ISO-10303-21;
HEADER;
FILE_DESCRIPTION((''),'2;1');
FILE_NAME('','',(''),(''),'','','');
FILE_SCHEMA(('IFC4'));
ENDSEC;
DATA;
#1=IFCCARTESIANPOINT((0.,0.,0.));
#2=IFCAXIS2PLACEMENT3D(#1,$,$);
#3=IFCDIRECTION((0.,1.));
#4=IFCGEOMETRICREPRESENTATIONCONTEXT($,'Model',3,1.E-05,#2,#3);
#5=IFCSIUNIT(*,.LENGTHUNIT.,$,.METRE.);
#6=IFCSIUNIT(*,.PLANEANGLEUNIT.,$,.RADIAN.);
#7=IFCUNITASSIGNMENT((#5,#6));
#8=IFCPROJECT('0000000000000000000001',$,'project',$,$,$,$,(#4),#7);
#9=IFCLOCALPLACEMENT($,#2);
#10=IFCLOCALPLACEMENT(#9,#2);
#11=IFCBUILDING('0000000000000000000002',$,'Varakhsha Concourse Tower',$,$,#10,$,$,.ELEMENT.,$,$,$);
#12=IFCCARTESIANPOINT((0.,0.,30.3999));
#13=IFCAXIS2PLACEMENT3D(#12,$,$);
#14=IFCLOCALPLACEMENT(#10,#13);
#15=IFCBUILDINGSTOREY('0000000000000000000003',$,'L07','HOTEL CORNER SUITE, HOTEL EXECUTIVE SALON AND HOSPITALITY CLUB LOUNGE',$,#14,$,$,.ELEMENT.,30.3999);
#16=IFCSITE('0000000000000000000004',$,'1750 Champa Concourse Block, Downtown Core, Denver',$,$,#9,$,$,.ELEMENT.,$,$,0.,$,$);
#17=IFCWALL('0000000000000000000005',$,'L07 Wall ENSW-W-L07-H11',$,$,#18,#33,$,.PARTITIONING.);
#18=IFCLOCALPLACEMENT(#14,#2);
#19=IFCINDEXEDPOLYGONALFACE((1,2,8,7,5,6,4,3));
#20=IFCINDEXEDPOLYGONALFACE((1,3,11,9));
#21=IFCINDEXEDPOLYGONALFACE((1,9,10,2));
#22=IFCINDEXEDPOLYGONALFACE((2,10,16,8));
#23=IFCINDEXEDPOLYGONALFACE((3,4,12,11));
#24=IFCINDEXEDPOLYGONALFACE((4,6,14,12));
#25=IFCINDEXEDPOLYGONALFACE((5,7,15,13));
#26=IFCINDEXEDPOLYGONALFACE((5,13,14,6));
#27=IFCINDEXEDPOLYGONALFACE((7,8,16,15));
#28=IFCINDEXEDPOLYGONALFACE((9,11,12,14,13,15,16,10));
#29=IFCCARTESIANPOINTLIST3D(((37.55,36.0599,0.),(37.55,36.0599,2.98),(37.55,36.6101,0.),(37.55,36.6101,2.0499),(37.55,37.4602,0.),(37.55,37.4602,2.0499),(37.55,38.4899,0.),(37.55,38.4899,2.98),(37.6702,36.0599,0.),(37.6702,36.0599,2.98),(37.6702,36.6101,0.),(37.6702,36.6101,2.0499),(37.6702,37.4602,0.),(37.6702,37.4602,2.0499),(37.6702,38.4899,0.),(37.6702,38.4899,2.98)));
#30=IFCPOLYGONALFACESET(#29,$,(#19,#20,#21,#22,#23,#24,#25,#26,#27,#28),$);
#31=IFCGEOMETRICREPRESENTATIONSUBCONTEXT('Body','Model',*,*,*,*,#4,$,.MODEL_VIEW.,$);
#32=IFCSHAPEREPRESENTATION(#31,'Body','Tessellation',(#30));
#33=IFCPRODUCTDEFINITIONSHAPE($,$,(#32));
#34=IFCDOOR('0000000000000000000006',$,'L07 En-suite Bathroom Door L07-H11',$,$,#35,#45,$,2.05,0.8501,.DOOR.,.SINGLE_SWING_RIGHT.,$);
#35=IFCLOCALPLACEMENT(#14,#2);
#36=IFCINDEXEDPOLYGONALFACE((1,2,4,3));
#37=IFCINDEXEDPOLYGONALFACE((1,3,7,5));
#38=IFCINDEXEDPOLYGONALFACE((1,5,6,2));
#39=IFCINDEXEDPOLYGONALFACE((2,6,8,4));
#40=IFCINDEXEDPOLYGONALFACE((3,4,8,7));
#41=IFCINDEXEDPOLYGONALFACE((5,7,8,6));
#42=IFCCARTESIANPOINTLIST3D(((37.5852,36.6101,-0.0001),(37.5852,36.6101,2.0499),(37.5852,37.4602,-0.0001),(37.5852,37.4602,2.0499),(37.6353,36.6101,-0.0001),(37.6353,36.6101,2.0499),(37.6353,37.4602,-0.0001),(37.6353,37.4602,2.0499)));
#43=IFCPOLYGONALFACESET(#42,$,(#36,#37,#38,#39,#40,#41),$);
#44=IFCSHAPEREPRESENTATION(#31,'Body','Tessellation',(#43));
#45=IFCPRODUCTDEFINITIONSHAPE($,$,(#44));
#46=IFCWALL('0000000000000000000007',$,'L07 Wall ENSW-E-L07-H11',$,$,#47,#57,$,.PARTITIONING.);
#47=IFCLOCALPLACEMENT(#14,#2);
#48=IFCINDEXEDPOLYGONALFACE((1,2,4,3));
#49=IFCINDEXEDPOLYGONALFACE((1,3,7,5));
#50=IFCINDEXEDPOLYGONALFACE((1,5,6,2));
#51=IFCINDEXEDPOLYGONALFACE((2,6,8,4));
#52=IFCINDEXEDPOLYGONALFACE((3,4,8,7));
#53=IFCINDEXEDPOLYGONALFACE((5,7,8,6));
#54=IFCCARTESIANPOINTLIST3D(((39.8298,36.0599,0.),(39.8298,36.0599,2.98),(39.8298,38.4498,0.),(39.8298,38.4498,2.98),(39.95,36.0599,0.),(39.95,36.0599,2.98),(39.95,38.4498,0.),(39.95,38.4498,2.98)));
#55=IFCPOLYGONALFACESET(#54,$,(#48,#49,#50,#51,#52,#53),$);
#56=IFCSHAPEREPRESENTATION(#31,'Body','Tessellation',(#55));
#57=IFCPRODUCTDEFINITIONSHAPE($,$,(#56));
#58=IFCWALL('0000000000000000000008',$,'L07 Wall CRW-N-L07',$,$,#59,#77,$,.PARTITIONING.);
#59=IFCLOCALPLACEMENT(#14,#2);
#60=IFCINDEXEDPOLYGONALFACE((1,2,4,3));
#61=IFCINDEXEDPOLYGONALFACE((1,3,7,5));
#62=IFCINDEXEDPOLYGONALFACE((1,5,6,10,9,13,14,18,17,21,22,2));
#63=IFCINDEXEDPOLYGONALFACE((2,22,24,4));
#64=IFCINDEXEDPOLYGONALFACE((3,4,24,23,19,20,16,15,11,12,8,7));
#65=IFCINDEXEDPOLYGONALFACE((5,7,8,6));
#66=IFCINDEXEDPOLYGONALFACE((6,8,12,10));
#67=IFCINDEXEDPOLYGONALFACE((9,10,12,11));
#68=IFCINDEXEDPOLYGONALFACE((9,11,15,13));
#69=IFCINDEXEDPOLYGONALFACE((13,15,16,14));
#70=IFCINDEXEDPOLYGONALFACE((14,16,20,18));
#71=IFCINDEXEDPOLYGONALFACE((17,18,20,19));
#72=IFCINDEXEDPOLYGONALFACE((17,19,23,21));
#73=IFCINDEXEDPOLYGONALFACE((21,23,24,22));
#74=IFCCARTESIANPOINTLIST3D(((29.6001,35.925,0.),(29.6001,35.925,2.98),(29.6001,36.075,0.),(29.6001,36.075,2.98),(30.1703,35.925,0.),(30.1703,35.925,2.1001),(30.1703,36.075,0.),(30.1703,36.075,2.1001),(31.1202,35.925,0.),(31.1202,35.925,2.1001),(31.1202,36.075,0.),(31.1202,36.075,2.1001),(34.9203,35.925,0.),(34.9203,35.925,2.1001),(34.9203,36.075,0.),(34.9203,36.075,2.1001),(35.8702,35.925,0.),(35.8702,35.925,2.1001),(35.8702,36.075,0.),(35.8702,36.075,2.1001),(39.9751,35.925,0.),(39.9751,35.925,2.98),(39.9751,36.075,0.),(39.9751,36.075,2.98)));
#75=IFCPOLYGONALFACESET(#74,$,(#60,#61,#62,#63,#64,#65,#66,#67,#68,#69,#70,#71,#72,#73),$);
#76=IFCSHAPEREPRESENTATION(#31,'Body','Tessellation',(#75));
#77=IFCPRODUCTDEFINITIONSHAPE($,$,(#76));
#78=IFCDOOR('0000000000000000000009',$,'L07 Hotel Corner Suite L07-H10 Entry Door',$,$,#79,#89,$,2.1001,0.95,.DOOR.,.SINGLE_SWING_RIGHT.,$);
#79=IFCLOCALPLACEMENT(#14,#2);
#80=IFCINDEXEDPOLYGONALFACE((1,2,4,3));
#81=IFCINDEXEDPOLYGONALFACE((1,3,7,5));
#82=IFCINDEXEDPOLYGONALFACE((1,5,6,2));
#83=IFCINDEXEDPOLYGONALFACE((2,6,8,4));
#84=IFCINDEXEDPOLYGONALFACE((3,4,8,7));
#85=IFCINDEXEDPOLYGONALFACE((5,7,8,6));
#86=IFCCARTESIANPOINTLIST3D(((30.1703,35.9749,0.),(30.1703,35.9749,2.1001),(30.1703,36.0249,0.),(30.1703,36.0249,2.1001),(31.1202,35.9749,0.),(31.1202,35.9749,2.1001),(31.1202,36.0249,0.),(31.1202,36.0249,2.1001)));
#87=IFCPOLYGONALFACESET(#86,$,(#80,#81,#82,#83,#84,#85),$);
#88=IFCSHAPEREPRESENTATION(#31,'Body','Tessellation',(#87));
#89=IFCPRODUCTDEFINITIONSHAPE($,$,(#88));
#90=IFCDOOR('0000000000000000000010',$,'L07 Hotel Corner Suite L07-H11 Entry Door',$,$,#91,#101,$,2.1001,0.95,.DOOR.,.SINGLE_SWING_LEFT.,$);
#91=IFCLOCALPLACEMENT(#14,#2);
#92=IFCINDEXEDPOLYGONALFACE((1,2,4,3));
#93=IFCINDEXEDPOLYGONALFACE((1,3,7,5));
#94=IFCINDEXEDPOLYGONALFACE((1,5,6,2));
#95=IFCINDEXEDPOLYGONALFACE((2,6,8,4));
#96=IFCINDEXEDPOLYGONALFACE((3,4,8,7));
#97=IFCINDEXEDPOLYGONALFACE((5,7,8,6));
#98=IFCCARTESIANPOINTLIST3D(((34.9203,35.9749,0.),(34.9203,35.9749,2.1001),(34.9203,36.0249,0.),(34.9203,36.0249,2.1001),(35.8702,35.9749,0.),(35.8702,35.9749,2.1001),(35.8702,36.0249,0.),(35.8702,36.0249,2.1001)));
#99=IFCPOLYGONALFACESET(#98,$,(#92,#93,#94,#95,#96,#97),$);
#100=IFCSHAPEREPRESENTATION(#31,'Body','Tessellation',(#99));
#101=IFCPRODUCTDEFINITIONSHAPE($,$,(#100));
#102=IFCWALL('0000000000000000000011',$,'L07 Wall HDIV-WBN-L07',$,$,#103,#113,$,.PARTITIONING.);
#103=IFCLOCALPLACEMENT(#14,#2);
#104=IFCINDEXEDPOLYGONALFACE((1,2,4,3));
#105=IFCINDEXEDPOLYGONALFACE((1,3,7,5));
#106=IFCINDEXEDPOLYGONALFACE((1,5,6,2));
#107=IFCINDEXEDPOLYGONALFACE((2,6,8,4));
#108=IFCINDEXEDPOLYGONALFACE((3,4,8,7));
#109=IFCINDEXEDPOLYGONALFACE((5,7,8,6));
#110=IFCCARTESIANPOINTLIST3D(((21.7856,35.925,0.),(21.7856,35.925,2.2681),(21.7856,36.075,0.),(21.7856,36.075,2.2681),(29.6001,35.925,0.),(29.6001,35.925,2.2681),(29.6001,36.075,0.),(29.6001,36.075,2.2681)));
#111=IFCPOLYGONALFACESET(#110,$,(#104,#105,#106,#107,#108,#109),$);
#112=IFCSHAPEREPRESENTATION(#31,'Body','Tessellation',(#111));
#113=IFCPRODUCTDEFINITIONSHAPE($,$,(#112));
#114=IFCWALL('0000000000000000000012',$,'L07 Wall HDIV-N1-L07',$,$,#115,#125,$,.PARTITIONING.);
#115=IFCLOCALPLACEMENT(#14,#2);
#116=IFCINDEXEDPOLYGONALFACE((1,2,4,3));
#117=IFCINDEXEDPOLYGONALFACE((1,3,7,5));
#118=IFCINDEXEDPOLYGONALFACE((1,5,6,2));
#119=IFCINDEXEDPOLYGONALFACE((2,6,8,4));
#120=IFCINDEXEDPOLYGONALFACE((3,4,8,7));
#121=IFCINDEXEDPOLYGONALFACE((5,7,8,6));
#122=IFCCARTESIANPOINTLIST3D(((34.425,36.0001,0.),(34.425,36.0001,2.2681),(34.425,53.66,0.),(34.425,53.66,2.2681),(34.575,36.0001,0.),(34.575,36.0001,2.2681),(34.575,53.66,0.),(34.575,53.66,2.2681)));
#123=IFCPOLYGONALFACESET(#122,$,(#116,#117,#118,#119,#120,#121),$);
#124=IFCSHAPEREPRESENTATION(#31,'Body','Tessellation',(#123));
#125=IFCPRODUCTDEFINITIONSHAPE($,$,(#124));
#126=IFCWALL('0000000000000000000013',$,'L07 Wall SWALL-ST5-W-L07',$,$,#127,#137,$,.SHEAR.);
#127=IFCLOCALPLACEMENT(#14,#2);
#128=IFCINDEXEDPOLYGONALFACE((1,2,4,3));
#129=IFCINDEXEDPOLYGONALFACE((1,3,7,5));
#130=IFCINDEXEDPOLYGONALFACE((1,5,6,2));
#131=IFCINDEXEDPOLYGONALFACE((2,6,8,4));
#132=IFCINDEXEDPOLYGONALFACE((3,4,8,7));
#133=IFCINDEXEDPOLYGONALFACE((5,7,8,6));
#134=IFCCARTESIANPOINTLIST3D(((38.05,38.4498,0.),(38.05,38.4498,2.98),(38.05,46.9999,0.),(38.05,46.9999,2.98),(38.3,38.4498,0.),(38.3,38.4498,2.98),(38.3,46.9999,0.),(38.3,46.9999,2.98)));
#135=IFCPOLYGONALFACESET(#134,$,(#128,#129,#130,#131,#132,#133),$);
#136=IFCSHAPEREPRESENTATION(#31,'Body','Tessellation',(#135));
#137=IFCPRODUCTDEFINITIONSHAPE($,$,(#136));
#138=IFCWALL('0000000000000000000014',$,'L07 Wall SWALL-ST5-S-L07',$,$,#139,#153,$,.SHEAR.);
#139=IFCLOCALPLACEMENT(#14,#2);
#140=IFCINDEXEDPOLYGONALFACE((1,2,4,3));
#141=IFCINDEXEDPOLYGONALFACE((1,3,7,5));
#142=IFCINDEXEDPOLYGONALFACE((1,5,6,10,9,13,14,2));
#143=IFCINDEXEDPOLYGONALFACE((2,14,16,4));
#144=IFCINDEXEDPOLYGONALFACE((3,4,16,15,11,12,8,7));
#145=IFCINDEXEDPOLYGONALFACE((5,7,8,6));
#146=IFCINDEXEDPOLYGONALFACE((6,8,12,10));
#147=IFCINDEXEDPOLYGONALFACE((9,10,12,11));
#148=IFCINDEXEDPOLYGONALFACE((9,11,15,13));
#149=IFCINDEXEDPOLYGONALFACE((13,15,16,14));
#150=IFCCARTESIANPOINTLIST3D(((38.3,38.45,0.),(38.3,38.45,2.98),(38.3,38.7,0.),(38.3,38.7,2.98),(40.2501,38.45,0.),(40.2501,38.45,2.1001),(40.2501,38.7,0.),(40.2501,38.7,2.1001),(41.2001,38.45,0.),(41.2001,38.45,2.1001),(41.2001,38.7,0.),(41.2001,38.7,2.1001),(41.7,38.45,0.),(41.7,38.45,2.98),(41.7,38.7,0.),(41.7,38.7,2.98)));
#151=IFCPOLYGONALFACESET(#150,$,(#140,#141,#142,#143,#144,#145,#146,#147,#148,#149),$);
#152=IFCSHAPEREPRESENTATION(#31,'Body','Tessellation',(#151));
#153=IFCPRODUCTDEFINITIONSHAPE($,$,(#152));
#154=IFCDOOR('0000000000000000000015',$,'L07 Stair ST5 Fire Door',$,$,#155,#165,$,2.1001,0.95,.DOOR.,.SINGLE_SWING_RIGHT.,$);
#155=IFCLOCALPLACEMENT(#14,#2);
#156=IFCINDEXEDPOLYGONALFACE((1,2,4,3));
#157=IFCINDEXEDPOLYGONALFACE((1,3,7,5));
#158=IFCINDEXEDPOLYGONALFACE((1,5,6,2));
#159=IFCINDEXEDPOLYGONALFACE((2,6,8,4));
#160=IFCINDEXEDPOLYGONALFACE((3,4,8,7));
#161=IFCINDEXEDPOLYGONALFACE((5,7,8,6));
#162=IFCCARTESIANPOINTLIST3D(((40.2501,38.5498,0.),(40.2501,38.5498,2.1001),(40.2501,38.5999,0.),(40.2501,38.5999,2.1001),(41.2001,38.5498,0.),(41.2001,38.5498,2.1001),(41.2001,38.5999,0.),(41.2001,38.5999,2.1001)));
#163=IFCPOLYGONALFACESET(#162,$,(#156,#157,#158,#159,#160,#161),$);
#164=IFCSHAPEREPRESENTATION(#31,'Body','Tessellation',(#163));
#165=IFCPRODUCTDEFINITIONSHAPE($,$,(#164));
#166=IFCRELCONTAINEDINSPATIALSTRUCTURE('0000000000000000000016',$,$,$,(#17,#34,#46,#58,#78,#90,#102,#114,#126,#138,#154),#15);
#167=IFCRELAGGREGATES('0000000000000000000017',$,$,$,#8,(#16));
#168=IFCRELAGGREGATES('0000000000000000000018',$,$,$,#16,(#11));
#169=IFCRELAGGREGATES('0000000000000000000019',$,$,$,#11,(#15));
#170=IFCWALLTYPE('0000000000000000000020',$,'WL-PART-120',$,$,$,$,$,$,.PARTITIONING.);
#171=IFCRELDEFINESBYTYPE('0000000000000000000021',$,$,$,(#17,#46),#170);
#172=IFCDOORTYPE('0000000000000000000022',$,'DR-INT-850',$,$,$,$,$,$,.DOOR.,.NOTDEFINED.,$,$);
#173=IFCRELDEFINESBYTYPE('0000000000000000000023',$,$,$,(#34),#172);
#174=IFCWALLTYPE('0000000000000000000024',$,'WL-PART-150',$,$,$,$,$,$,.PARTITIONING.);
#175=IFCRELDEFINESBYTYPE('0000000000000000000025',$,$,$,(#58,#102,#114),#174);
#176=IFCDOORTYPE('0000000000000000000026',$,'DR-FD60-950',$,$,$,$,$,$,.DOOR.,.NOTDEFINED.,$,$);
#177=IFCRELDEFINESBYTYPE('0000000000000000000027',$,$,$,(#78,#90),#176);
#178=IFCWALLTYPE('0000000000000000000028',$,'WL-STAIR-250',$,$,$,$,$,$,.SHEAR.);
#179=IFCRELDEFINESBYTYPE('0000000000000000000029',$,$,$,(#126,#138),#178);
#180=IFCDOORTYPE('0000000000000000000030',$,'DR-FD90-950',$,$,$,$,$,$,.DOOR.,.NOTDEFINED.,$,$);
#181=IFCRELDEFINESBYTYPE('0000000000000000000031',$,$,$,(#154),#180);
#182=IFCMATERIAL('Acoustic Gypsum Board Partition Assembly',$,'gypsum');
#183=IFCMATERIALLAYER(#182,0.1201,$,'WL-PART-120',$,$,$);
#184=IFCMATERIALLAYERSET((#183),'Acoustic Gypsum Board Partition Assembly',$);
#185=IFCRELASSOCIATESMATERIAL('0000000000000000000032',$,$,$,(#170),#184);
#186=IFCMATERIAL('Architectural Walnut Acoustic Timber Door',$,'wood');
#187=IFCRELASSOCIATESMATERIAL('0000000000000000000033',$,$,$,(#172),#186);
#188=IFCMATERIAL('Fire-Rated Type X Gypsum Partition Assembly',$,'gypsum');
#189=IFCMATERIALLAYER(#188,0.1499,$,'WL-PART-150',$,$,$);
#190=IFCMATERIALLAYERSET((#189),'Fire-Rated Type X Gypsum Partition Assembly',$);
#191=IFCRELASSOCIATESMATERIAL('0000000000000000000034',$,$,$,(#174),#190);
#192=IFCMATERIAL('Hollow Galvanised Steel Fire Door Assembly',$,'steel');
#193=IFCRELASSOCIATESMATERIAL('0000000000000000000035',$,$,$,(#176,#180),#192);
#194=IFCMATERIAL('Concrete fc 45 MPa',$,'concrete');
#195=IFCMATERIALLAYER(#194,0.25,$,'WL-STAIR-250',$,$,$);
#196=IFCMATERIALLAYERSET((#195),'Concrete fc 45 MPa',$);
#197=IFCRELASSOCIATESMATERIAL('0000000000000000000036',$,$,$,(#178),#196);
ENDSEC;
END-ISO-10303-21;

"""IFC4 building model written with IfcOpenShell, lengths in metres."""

from ifc_helpers import new_model, si_unit, direction, frame, frame_2d, origin, place, context, subcontext, project, spatial, rectangle, extrude, material, layer, layer_set, type_object, element, fill, save


model = new_model("IFC4")

# Units and contexts
model_context = context("Model", 3, precision=1e-05, world=origin(), true_north=direction((0.0, 1.0)))
body_context = subcontext(model_context, "Body", "Model", "MODEL_VIEW")
ifc_project = project(units=[si_unit("LENGTHUNIT", "METRE"), si_unit("PLANEANGLEUNIT", "RADIAN")], contexts=[model_context])

# Site, building, storey
site_placement = place(None, origin())
site = spatial("IfcSite", under=ifc_project, at=site_placement, Name="1750 Champa Concourse Block, Downtown Core, Denver", CompositionType="ELEMENT", RefElevation=0.0)
building_placement = place(site_placement, origin())
building = spatial("IfcBuilding", under=site, at=building_placement, Name="Varakhsha Concourse Tower", CompositionType="ELEMENT")
storey_placement = place(building_placement, frame((0.0, 0.0, 30.3999)))
storey = spatial("IfcBuildingStorey", under=building, at=storey_placement, Name="L07", Description="HOTEL CORNER SUITE, HOTEL EXECUTIVE SALON AND HOSPITALITY CLUB LOUNGE", CompositionType="ELEMENT", Elevation=30.3999)

# Shared definitions
ifc_material_1 = material(Name="Acoustic Gypsum Board Partition Assembly", Category="gypsum")
ifc_layer_1 = layer(ifc_material_1, 0.1201, Name="WL-PART-120")
ifc_layer_set_1 = layer_set([ifc_layer_1], Name="Acoustic Gypsum Board Partition Assembly")
wall_type_1 = type_object("IfcWallType", Name="WL-PART-120", PredefinedType="PARTITIONING", material=ifc_layer_set_1)

# Shared definitions
ifc_material_2 = material(Name="Architectural Walnut Acoustic Timber Door", Category="wood")
door_type_1 = type_object("IfcDoorType", Name="DR-INT-850", OperationType="NOTDEFINED", PredefinedType="DOOR", material=ifc_material_2)

# Wall, opening, door
wall_1_placement = place(storey_placement, frame((37.6101, 36.0601, 0.0), z_axis=(0.0, 0.0, 1.0), x_axis=(0.0, 1.0, 0.0)))
wall_1 = element("IfcWall", 1, at=wall_1_placement, inside=storey, type_object=wall_type_1, Name="L07 Wall ENSW-W-L07-H11", PredefinedType="PARTITIONING", context=body_context, shape_type="SweptSolid", body=[
    extrude(rectangle(XDim=2.4299, YDim=0.1201, at=frame_2d((1.2148, 0.0))), origin(), (0.0, 0.0, 1.0), 2.98),
])
opening_1_placement = place(wall_1_placement, frame((0.55, 0.0, 0.0)))
opening_1 = element("IfcOpeningElement", 2, at=opening_1_placement, cuts=wall_1, PredefinedType="OPENING", context=body_context, shape_type="SweptSolid", body=[
    extrude(rectangle(XDim=0.8501, YDim=2.05, at=frame_2d((0.425, 1.0249))), frame((0.0, 0.0701, 0.0), z_axis=(0.0, -1.0, 0.0), x_axis=(1.0, 0.0, 0.0)), (0.0, 0.0, 1.0), 0.1401),
])
door_1_placement = place(opening_1_placement, origin())
door_1 = element("IfcDoor", 3, at=door_1_placement, inside=storey, type_object=door_type_1, Name="L07 En-suite Bathroom Door L07-H11", OperationType="SINGLE_SWING_RIGHT", OverallHeight=2.05, OverallWidth=0.8501, PredefinedType="DOOR", context=body_context, shape_type="SweptSolid", body=[
    extrude(rectangle(XDim=0.8501, YDim=2.05, at=frame_2d((0.425, 1.0249))), frame((0.0, 0.0249, 0.0), z_axis=(0.0, -1.0, 0.0), x_axis=(1.0, 0.0, 0.0)), (0.0, 0.0, 1.0), 0.05),
])
fill(opening_1, door_1)

# Wall
wall_2_placement = place(storey_placement, frame((39.8899, 36.0601, 0.0), z_axis=(0.0, 0.0, 1.0), x_axis=(0.0, 1.0, 0.0)))
element("IfcWall", 4, at=wall_2_placement, inside=storey, type_object=wall_type_1, Name="L07 Wall ENSW-E-L07-H11", PredefinedType="PARTITIONING", context=body_context, shape_type="SweptSolid", body=[
    extrude(rectangle(XDim=2.3899, YDim=0.1201, at=frame_2d((1.1948, 0.0))), origin(), (0.0, 0.0, 1.0), 2.98),
])

# Wall, openings, doors
ifc_material_3 = material(Name="Fire-Rated Type X Gypsum Partition Assembly", Category="gypsum")
ifc_layer_2 = layer(ifc_material_3, 0.1499, Name="WL-PART-150")
ifc_layer_set_2 = layer_set([ifc_layer_2], Name="Fire-Rated Type X Gypsum Partition Assembly")
wall_type_2 = type_object("IfcWallType", Name="WL-PART-150", PredefinedType="PARTITIONING", material=ifc_layer_set_2)
wall_3_placement = place(storey_placement, frame((29.6001, 36.0, 0.0), z_axis=(0.0, 0.0, 1.0), x_axis=(1.0, 0.0, 0.0)))
wall_3 = element("IfcWall", 5, at=wall_3_placement, inside=storey, type_object=wall_type_2, Name="L07 Wall CRW-N-L07", PredefinedType="PARTITIONING", context=body_context, shape_type="SweptSolid", body=[
    extrude(rectangle(XDim=10.375, YDim=0.1499, at=frame_2d((5.1875, 0.0))), origin(), (0.0, 0.0, 1.0), 2.98),
])
opening_2_placement = place(wall_3_placement, frame((0.5701, 0.0, 0.0)))
opening_2 = element("IfcOpeningElement", 6, at=opening_2_placement, cuts=wall_3, PredefinedType="OPENING", context=body_context, shape_type="SweptSolid", body=[
    extrude(rectangle(XDim=0.95, YDim=2.1001, at=frame_2d((0.4751, 1.05))), frame((0.0, 0.085, 0.0), z_axis=(0.0, -1.0, 0.0), x_axis=(1.0, 0.0, 0.0)), (0.0, 0.0, 1.0), 0.1699),
])
opening_3_placement = place(wall_3_placement, frame((5.3201, 0.0, 0.0)))
opening_3 = element("IfcOpeningElement", 7, at=opening_3_placement, cuts=wall_3, PredefinedType="OPENING", context=body_context, shape_type="SweptSolid", body=[
    extrude(rectangle(XDim=0.95, YDim=2.1001, at=frame_2d((0.4751, 1.05))), frame((0.0, 0.085, 0.0), z_axis=(0.0, -1.0, 0.0), x_axis=(1.0, 0.0, 0.0)), (0.0, 0.0, 1.0), 0.1699),
])
ifc_material_4 = material(Name="Hollow Galvanised Steel Fire Door Assembly", Category="steel")
door_type_2 = type_object("IfcDoorType", Name="DR-FD60-950", OperationType="NOTDEFINED", PredefinedType="DOOR", material=ifc_material_4)
door_2_placement = place(opening_2_placement, origin())
door_2 = element("IfcDoor", 8, at=door_2_placement, inside=storey, type_object=door_type_2, Name="L07 Hotel Corner Suite L07-H10 Entry Door", OperationType="SINGLE_SWING_RIGHT", OverallHeight=2.1001, OverallWidth=0.95, PredefinedType="DOOR", context=body_context, shape_type="SweptSolid", body=[
    extrude(rectangle(XDim=0.95, YDim=2.1001, at=frame_2d((0.4751, 1.05))), frame((0.0, 0.0249, 0.0), z_axis=(0.0, -1.0, 0.0), x_axis=(1.0, 0.0, 0.0)), (0.0, 0.0, 1.0), 0.05),
])
fill(opening_2, door_2)
door_3_placement = place(opening_3_placement, origin())
door_3 = element("IfcDoor", 9, at=door_3_placement, inside=storey, type_object=door_type_2, Name="L07 Hotel Corner Suite L07-H11 Entry Door", OperationType="SINGLE_SWING_LEFT", OverallHeight=2.1001, OverallWidth=0.95, PredefinedType="DOOR", context=body_context, shape_type="SweptSolid", body=[
    extrude(rectangle(XDim=0.95, YDim=2.1001, at=frame_2d((0.4751, 1.05))), frame((0.0, 0.0249, 0.0), z_axis=(0.0, -1.0, 0.0), x_axis=(1.0, 0.0, 0.0)), (0.0, 0.0, 1.0), 0.05),
])
fill(opening_3, door_3)

# Walls
wall_4_placement = place(storey_placement, frame((21.7856, 36.0, 0.0), z_axis=(0.0, 0.0, 1.0), x_axis=(1.0, 0.0, 0.0)))
element("IfcWall", 10, at=wall_4_placement, inside=storey, type_object=wall_type_2, Name="L07 Wall HDIV-WBN-L07", PredefinedType="PARTITIONING", context=body_context, shape_type="SweptSolid", body=[
    extrude(rectangle(XDim=7.8145, YDim=0.1499, at=frame_2d((3.9072, 0.0))), origin(), (0.0, 0.0, 1.0), 2.2681),
])
wall_5_placement = place(storey_placement, frame((34.5, 36.0, 0.0), z_axis=(0.0, 0.0, 1.0), x_axis=(0.0, 1.0, 0.0)))
element("IfcWall", 11, at=wall_5_placement, inside=storey, type_object=wall_type_2, Name="L07 Wall HDIV-N1-L07", PredefinedType="PARTITIONING", context=body_context, shape_type="SweptSolid", body=[
    extrude(rectangle(XDim=17.6599, YDim=0.1499, at=frame_2d((8.8301, 0.0))), origin(), (0.0, 0.0, 1.0), 2.2681),
])
ifc_material_5 = material(Name="Concrete fc 45 MPa", Category="concrete")
ifc_layer_3 = layer(ifc_material_5, 0.25, Name="WL-STAIR-250")
ifc_layer_set_3 = layer_set([ifc_layer_3], Name="Concrete fc 45 MPa")
wall_type_3 = type_object("IfcWallType", Name="WL-STAIR-250", PredefinedType="SHEAR", material=ifc_layer_set_3)
wall_6_placement = place(storey_placement, frame((38.175, 38.45, 0.0), z_axis=(0.0, 0.0, 1.0), x_axis=(0.0, 1.0, 0.0)))
element("IfcWall", 12, at=wall_6_placement, inside=storey, type_object=wall_type_3, Name="L07 Wall SWALL-ST5-W-L07", PredefinedType="SHEAR", context=body_context, shape_type="SweptSolid", body=[
    extrude(rectangle(XDim=8.55, YDim=0.25, at=frame_2d((4.2749, 0.0))), origin(), (0.0, 0.0, 1.0), 2.98),
])

# Wall, opening, door
wall_7_placement = place(storey_placement, frame((38.3, 38.575, 0.0), z_axis=(0.0, 0.0, 1.0), x_axis=(1.0, 0.0, 0.0)))
wall_7 = element("IfcWall", 13, at=wall_7_placement, inside=storey, type_object=wall_type_3, Name="L07 Wall SWALL-ST5-S-L07", PredefinedType="SHEAR", context=body_context, shape_type="SweptSolid", body=[
    extrude(rectangle(XDim=3.3999, YDim=0.25, at=frame_2d((1.7, 0.0))), origin(), (0.0, 0.0, 1.0), 2.98),
])
opening_4_placement = place(wall_7_placement, frame((1.95, 0.0, 0.0)))
opening_4 = element("IfcOpeningElement", 14, at=opening_4_placement, cuts=wall_7, PredefinedType="OPENING", context=body_context, shape_type="SweptSolid", body=[
    extrude(rectangle(XDim=0.95, YDim=2.1001, at=frame_2d((0.4751, 1.05))), frame((0.0, 0.135, 0.0), z_axis=(0.0, -1.0, 0.0), x_axis=(1.0, 0.0, 0.0)), (0.0, 0.0, 1.0), 0.27),
])
door_type_3 = type_object("IfcDoorType", Name="DR-FD90-950", OperationType="NOTDEFINED", PredefinedType="DOOR", material=ifc_material_4)
door_4_placement = place(opening_4_placement, origin())
door_4 = element("IfcDoor", 15, at=door_4_placement, inside=storey, type_object=door_type_3, Name="L07 Stair ST5 Fire Door", OperationType="SINGLE_SWING_RIGHT", OverallHeight=2.1001, OverallWidth=0.95, PredefinedType="DOOR", context=body_context, shape_type="SweptSolid", body=[
    extrude(rectangle(XDim=0.95, YDim=2.1001, at=frame_2d((0.4751, 1.05))), frame((0.0, 0.0249, 0.0), z_axis=(0.0, -1.0, 0.0), x_axis=(1.0, 0.0, 0.0)), (0.0, 0.0, 1.0), 0.05),
])
fill(opening_4, door_4)

save(model, "model.ifc")
